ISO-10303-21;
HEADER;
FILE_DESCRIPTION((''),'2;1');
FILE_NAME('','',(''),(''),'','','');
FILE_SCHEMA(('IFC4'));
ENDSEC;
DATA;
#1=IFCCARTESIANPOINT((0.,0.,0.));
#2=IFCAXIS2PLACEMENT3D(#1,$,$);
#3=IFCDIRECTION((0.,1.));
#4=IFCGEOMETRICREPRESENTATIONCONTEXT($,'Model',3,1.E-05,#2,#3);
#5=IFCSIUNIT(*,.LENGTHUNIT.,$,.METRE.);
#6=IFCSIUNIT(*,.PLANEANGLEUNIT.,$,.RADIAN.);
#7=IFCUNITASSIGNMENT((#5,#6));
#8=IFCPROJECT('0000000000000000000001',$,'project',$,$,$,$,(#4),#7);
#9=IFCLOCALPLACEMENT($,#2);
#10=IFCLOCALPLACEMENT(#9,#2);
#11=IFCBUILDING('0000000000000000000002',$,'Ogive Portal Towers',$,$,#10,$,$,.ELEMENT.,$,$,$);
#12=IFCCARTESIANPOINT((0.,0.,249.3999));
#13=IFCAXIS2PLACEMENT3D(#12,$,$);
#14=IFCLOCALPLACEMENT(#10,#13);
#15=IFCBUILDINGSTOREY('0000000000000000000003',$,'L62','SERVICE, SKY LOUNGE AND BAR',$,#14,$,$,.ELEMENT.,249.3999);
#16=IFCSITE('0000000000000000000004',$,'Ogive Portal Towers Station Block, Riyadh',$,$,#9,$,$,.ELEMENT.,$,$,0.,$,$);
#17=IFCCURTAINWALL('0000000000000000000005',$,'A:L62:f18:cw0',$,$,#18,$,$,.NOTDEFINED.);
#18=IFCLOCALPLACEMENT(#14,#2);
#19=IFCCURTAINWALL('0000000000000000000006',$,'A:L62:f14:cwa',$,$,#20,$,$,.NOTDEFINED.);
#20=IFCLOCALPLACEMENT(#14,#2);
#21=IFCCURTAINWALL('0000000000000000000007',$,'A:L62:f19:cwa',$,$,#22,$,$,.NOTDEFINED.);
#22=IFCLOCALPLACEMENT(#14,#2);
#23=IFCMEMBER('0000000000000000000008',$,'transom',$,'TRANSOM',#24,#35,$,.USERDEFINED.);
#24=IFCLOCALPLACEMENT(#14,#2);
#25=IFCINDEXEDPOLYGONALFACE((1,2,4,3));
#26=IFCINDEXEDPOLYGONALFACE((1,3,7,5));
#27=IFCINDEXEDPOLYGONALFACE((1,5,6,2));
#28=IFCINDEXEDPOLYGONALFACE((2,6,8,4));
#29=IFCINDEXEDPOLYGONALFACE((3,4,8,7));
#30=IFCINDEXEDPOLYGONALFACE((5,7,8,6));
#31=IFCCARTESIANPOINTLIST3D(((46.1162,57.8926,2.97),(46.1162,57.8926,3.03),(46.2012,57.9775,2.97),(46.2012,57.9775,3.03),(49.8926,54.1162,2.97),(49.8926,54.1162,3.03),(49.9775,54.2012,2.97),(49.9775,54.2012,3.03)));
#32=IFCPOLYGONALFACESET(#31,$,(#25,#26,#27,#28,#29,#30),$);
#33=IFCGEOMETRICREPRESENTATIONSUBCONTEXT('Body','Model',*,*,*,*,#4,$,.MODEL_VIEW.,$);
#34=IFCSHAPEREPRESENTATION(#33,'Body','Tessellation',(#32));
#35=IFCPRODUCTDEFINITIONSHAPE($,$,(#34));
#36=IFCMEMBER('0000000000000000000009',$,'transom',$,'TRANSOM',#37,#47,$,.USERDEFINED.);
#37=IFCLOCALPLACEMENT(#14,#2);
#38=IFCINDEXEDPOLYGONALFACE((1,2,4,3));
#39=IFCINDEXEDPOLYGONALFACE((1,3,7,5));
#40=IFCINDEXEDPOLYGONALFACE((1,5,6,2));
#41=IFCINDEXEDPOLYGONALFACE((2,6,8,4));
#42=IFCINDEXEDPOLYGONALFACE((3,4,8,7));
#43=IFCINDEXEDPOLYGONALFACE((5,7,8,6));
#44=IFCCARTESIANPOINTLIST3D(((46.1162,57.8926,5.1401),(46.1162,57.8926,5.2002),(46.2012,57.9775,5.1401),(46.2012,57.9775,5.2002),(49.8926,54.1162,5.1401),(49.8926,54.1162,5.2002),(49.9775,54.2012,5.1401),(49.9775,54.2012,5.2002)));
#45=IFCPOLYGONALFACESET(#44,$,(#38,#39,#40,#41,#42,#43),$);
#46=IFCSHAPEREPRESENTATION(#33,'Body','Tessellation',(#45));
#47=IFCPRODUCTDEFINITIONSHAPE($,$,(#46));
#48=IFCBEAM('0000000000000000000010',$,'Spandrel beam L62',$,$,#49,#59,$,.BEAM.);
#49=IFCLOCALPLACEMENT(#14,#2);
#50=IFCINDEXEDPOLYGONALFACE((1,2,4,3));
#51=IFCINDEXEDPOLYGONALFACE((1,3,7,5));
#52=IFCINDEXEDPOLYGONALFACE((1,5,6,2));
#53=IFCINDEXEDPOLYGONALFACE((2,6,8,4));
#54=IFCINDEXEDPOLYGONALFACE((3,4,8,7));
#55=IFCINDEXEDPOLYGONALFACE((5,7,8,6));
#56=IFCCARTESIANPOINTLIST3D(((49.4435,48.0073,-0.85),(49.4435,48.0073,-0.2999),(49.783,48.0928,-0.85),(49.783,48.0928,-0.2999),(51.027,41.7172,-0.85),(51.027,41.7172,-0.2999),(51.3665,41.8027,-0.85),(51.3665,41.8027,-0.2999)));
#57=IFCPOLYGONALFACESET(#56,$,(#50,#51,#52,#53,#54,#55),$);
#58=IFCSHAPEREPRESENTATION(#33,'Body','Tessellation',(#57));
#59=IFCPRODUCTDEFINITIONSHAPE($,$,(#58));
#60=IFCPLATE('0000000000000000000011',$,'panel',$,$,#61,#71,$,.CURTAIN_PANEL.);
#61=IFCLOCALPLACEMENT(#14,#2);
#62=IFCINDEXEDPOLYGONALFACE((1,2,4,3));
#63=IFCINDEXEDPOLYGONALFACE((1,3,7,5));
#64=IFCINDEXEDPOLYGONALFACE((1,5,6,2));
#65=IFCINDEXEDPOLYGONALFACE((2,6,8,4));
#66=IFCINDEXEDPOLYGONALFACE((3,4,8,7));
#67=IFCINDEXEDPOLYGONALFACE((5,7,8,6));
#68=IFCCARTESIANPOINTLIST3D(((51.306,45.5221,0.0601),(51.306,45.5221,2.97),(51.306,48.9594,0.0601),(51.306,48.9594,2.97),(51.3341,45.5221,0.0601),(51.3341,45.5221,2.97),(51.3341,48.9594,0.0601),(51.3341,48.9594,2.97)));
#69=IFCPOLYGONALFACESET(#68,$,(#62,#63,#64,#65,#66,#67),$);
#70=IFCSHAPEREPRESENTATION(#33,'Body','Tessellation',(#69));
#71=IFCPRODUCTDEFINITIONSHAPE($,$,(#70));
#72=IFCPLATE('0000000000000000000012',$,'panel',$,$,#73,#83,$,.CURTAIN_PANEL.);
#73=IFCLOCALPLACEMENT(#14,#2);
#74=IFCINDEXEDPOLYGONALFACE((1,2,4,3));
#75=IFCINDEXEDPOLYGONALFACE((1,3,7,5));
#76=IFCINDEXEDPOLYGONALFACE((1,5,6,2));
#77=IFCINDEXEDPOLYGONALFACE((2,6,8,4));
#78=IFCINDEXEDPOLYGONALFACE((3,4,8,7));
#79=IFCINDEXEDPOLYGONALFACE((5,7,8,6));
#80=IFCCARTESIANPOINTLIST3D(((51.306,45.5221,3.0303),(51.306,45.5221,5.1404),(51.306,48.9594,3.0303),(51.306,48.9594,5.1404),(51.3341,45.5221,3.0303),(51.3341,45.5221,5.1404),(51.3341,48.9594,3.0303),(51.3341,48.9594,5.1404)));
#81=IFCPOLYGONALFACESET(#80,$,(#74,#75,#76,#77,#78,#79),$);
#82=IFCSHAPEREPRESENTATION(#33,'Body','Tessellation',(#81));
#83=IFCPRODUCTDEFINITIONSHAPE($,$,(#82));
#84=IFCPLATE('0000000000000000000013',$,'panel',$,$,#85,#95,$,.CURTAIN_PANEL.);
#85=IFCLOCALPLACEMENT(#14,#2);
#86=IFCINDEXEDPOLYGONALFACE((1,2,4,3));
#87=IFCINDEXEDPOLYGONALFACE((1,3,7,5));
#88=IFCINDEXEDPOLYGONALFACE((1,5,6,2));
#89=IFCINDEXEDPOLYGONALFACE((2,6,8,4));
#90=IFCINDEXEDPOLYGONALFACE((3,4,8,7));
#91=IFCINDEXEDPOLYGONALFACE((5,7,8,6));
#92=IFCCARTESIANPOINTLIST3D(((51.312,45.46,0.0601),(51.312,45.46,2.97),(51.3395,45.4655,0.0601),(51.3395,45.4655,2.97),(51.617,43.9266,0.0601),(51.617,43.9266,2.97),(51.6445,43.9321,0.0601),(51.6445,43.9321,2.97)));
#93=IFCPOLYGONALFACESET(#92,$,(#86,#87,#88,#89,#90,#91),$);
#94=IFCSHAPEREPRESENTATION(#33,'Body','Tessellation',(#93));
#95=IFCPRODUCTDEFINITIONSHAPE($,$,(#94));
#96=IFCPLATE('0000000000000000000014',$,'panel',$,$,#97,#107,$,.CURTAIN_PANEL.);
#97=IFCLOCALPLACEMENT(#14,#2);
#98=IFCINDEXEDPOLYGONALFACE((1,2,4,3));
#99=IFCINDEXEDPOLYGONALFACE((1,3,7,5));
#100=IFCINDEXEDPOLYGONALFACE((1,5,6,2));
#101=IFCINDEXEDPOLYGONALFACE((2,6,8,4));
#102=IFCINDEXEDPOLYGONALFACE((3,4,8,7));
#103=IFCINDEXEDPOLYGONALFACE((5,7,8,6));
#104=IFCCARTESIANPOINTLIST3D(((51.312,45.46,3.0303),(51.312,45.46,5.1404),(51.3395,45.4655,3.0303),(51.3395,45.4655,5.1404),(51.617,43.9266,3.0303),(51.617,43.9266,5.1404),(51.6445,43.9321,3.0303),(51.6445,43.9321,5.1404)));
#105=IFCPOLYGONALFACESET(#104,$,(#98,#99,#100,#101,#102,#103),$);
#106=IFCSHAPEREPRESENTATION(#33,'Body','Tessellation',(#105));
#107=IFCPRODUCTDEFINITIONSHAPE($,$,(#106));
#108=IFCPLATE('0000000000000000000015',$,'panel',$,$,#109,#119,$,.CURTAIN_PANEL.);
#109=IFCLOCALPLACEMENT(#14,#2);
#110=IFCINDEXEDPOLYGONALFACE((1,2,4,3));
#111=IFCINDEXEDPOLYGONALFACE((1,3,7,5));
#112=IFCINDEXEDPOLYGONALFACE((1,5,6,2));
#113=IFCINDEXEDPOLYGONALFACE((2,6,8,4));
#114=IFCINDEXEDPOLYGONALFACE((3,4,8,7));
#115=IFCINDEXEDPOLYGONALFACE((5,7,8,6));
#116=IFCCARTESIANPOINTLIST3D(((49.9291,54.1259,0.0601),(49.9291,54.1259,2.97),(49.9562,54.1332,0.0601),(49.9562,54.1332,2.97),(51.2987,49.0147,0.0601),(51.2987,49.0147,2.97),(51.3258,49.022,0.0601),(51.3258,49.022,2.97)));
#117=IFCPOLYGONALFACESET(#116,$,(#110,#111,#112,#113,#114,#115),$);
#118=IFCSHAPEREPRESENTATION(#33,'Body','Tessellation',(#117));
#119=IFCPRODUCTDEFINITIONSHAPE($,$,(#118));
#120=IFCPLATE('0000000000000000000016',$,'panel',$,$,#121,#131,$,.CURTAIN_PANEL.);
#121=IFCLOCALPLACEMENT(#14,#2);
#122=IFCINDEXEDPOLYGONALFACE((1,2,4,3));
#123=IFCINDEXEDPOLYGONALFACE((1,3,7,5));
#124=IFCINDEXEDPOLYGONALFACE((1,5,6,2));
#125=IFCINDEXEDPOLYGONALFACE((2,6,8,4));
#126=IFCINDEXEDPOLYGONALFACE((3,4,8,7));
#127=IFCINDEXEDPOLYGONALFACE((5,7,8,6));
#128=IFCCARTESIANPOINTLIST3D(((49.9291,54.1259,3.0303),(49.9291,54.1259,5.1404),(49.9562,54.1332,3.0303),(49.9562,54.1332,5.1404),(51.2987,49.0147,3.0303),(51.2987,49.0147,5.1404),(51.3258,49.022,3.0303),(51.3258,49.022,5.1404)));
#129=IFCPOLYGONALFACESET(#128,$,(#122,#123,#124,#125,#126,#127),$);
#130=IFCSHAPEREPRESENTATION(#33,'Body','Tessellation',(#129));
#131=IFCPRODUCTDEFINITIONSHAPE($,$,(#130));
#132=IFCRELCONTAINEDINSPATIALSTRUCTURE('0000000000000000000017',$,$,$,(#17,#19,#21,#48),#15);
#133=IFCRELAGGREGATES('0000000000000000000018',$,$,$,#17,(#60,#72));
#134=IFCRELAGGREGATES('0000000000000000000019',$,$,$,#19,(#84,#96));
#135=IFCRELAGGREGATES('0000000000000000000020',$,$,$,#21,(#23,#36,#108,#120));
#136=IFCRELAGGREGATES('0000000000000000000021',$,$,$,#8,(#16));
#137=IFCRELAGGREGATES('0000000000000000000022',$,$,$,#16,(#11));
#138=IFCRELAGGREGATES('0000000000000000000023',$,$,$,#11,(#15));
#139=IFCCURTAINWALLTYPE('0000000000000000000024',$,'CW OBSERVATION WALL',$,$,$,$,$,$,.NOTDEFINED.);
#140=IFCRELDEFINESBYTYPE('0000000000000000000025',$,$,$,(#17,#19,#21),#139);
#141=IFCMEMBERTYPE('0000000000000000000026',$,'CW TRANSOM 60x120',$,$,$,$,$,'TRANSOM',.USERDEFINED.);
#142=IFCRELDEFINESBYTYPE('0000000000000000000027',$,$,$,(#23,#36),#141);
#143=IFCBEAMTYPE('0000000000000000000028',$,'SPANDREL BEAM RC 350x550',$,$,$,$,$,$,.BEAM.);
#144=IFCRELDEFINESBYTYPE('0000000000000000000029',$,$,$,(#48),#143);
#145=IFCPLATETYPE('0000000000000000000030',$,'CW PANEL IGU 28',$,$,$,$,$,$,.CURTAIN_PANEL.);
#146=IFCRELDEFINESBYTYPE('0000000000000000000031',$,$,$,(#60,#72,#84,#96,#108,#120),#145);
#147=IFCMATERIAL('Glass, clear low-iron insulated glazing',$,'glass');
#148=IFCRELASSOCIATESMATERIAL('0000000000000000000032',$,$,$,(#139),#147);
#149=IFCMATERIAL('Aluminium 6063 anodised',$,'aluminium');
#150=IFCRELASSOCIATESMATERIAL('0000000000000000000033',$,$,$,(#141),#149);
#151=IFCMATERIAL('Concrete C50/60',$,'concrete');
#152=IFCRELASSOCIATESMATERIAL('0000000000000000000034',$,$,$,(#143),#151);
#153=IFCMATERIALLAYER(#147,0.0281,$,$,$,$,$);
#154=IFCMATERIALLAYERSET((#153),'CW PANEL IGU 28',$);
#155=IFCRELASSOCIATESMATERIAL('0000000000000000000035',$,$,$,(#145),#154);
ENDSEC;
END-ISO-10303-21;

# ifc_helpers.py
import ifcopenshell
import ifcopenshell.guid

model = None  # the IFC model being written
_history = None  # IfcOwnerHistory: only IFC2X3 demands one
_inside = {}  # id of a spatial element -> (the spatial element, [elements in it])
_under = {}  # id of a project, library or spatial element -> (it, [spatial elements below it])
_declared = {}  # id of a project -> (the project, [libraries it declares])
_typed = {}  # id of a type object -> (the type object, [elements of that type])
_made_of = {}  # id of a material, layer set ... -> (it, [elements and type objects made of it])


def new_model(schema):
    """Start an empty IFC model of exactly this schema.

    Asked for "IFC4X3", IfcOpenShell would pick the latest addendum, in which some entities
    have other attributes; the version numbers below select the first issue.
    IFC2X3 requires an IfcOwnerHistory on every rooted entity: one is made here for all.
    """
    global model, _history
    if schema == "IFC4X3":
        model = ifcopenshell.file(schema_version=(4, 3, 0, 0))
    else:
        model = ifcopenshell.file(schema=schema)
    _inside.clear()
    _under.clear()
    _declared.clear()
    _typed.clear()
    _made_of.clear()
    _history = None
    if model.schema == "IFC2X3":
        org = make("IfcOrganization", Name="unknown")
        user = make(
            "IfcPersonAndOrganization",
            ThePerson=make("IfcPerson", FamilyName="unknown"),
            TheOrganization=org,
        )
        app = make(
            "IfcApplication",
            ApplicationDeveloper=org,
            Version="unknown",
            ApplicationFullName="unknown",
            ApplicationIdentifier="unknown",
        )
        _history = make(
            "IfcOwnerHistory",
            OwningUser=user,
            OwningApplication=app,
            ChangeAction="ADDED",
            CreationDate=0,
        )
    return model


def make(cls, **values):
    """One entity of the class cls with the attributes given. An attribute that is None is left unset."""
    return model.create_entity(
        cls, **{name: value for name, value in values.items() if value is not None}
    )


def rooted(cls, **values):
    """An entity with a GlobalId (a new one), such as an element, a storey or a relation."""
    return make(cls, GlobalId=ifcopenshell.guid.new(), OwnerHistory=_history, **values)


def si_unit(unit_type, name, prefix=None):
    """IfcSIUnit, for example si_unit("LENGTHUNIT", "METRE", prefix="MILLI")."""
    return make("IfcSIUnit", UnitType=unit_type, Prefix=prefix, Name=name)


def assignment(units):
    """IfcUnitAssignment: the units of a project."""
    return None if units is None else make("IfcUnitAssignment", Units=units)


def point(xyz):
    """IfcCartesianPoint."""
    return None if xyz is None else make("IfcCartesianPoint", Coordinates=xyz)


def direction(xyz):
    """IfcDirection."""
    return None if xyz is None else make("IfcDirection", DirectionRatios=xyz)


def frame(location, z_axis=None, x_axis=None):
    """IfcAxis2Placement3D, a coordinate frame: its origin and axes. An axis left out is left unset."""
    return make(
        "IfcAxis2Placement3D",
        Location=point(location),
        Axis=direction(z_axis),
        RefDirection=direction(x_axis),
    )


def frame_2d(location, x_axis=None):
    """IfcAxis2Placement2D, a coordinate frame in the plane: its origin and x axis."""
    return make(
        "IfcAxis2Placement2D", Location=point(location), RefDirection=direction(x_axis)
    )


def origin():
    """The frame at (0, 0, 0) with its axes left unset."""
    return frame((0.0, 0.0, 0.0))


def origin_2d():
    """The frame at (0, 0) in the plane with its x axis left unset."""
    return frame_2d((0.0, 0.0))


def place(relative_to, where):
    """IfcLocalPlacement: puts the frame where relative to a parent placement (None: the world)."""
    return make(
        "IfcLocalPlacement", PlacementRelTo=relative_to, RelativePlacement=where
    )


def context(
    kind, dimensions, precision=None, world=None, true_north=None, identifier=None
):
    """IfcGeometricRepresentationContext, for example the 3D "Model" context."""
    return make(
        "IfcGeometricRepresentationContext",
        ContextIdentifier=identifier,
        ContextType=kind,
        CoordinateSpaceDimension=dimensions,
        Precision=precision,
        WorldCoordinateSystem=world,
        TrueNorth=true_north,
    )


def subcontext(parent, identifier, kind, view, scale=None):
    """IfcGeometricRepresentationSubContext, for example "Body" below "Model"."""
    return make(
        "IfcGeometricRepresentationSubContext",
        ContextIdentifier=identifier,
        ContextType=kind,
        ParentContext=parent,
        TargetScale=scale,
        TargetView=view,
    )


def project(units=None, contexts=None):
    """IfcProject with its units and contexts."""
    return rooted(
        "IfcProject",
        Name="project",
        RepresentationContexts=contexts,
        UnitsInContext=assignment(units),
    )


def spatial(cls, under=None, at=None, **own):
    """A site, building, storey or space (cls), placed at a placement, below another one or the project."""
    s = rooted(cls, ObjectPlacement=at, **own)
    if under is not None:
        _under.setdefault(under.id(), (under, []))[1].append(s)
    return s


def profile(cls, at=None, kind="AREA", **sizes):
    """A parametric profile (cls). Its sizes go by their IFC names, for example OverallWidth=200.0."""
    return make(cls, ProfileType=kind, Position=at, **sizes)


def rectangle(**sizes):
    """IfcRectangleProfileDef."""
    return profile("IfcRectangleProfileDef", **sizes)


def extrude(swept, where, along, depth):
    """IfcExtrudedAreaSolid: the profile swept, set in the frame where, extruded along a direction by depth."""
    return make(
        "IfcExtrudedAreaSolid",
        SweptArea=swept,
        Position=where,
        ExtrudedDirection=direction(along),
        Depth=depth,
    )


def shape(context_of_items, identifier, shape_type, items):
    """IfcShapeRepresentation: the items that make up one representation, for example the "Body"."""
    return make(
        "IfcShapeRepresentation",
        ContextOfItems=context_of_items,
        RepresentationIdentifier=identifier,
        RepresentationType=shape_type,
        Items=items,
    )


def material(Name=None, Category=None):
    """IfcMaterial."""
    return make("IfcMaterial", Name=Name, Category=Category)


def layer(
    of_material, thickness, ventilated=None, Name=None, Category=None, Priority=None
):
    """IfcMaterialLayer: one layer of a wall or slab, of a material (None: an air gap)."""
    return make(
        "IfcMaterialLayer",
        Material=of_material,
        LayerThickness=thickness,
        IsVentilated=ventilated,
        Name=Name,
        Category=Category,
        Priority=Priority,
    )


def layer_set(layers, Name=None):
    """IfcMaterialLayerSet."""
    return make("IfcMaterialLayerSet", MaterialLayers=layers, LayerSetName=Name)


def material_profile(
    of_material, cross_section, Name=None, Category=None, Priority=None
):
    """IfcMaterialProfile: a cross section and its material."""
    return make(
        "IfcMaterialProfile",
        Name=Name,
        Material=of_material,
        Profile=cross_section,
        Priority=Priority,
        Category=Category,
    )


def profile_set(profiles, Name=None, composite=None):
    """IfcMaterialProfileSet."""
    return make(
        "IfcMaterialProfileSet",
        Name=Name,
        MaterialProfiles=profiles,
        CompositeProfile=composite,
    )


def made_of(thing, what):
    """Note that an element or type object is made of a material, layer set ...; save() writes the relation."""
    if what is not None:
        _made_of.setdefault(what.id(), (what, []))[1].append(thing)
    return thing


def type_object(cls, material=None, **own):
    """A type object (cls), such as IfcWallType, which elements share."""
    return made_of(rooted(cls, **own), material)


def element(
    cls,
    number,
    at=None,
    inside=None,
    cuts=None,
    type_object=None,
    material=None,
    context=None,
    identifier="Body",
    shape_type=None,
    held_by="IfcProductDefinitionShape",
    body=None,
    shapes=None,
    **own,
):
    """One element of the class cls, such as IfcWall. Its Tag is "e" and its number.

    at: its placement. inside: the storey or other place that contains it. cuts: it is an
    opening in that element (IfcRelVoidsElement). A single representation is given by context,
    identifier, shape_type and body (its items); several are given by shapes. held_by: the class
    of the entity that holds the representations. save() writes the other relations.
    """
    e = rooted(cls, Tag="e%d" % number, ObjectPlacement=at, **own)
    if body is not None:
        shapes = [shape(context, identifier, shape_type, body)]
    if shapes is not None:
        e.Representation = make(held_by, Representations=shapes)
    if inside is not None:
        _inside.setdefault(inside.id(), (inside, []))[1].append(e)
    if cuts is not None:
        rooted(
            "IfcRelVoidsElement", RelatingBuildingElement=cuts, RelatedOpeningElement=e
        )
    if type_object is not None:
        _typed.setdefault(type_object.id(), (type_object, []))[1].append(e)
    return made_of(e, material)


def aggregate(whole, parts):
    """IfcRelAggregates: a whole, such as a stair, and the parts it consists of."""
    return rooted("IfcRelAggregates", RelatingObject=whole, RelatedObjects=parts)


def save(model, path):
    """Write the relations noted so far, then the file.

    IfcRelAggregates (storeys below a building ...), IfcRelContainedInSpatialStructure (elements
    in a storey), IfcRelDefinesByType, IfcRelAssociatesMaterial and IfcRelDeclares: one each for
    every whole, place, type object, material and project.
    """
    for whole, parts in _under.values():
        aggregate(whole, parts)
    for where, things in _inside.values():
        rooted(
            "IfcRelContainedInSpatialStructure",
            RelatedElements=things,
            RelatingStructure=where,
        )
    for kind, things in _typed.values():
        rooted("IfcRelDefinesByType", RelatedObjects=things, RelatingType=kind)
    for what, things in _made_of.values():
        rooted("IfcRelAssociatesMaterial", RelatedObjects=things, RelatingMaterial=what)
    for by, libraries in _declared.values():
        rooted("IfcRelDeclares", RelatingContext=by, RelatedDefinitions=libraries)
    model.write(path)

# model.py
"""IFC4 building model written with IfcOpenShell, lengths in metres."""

from ifc_helpers import new_model, si_unit, direction, frame, origin, origin_2d, place, context, subcontext, project, spatial, rectangle, extrude, material, layer, layer_set, material_profile, profile_set, type_object, element, aggregate, save


model = new_model("IFC4")

# Units and contexts
model_context = context("Model", 3, precision=1e-05, world=origin(), true_north=direction((0.0, 1.0)))
body_context = subcontext(model_context, "Body", "Model", "MODEL_VIEW")
ifc_project = project(units=[si_unit("LENGTHUNIT", "METRE"), si_unit("PLANEANGLEUNIT", "RADIAN")], contexts=[model_context])

# Site, building, storey
site_placement = place(None, origin())
site = spatial("IfcSite", under=ifc_project, at=site_placement, Name="Ogive Portal Towers Station Block, Riyadh", CompositionType="ELEMENT", RefElevation=0.0)
building_placement = place(site_placement, origin())
building = spatial("IfcBuilding", under=site, at=building_placement, Name="Ogive Portal Towers", CompositionType="ELEMENT")
storey_placement = place(building_placement, frame((0.0, 0.0, 249.3999)))
storey = spatial("IfcBuildingStorey", under=building, at=storey_placement, Name="L62", Description="SERVICE, SKY LOUNGE AND BAR", CompositionType="ELEMENT", Elevation=249.3999)

# Curtain wall
ifc_material_1 = material(Name="Glass, clear low-iron insulated glazing", Category="glass")
curtain_wall_type = type_object("IfcCurtainWallType", Name="CW OBSERVATION WALL", PredefinedType="NOTDEFINED", material=ifc_material_1)
curtain_wall_1_placement = place(storey_placement, origin())
curtain_wall_1 = element("IfcCurtainWall", 1, at=curtain_wall_1_placement, inside=storey, type_object=curtain_wall_type, Name="A:L62:f18:cw0", PredefinedType="NOTDEFINED")
ifc_material_2 = material(Name="Aluminium 6063 anodised", Category="aluminium")

# Curtain walls
curtain_wall_2_placement = place(storey_placement, origin())
curtain_wall_2 = element("IfcCurtainWall", 2, at=curtain_wall_2_placement, inside=storey, type_object=curtain_wall_type, Name="A:L62:f14:cwa", PredefinedType="NOTDEFINED")
curtain_wall_3_placement = place(storey_placement, origin())
curtain_wall_3 = element("IfcCurtainWall", 3, at=curtain_wall_3_placement, inside=storey, type_object=curtain_wall_type, Name="A:L62:f19:cwa", PredefinedType="NOTDEFINED")

# Members
ifc_material_profile_1 = material_profile(ifc_material_2, rectangle(XDim=0.1201, YDim=0.0601, at=origin_2d()), Name="AL 120x60")
ifc_profile_set_1 = profile_set([ifc_material_profile_1], Name="Aluminium 6063 anodised")
member_type_1 = type_object("IfcMemberType", Name="CW TRANSOM 60x120", ElementType="TRANSOM", PredefinedType="USERDEFINED", material=ifc_profile_set_1)
member_1_placement = place(storey_placement, frame((49.9351, 54.1587, 3.0), z_axis=(-0.707107, 0.707107, 0.0), x_axis=(-0.707107, -0.707107, 0.0)))
member_1 = element("IfcMember", 4, at=member_1_placement, type_object=member_type_1, Name="transom", ObjectType="TRANSOM", PredefinedType="USERDEFINED", context=body_context, shape_type="SweptSolid", body=[
    extrude(rectangle(XDim=0.1201, YDim=0.0601, at=origin_2d()), origin(), (0.0, 0.0, 1.0), 5.3406),
])
member_2_placement = place(storey_placement, frame((49.9351, 54.1587, 5.1702), z_axis=(-0.707107, 0.707107, 0.0), x_axis=(-0.707107, -0.707107, 0.0)))
member_2 = element("IfcMember", 5, at=member_2_placement, type_object=member_type_1, Name="transom", ObjectType="TRANSOM", PredefinedType="USERDEFINED", context=body_context, shape_type="SweptSolid", body=[
    extrude(rectangle(XDim=0.1201, YDim=0.0601, at=origin_2d()), origin(), (0.0, 0.0, 1.0), 5.3406),
])

# Beam
ifc_material_3 = material(Name="Concrete C50/60", Category="concrete")
ifc_material_profile_2 = material_profile(ifc_material_3, rectangle(XDim=0.3501, YDim=0.55, at=origin_2d()), Name="RC 350x550")
ifc_profile_set_2 = profile_set([ifc_material_profile_2], Name="Concrete C50/60")
beam_type = type_object("IfcBeamType", Name="SPANDREL BEAM RC 350x550", PredefinedType="BEAM", material=ifc_profile_set_2)
beam_placement = place(storey_placement, frame((49.6133, 48.05, -0.575), z_axis=(0.244129, -0.969743, 0.0), x_axis=(0.969743, 0.244129, 0.0)))
element("IfcBeam", 6, at=beam_placement, inside=storey, type_object=beam_type, Name="Spandrel beam L62", PredefinedType="BEAM", context=body_context, shape_type="SweptSolid", body=[
    extrude(rectangle(XDim=0.3501, YDim=0.55, at=origin_2d()), origin(), (0.0, 0.0, 1.0), 6.4863),
])

# Plates
ifc_layer = layer(ifc_material_1, 0.0281)
ifc_layer_set = layer_set([ifc_layer], Name="CW PANEL IGU 28")
plate_type = type_object("IfcPlateType", Name="CW PANEL IGU 28", PredefinedType="CURTAIN_PANEL", material=ifc_layer_set)
plate_1_placement = place(storey_placement, frame((51.3201, 47.2407, 0.0601), z_axis=(0.0, 0.0, 1.0), x_axis=(0.0, 1.0, 0.0)))
plate_1 = element("IfcPlate", 7, at=plate_1_placement, type_object=plate_type, Name="panel", PredefinedType="CURTAIN_PANEL", context=body_context, shape_type="SweptSolid", body=[
    extrude(rectangle(XDim=3.4373, YDim=0.0281, at=origin_2d()), origin(), (0.0, 0.0, 1.0), 2.9099),
])
plate_2_placement = place(storey_placement, frame((51.3201, 47.2407, 3.0303), z_axis=(0.0, 0.0, 1.0), x_axis=(0.0, 1.0, 0.0)))
plate_2 = element("IfcPlate", 8, at=plate_2_placement, type_object=plate_type, Name="panel", PredefinedType="CURTAIN_PANEL", context=body_context, shape_type="SweptSolid", body=[
    extrude(rectangle(XDim=3.4373, YDim=0.0281, at=origin_2d()), origin(), (0.0, 0.0, 1.0), 2.1101),
])
aggregate(curtain_wall_1, [plate_1, plate_2])
plate_3_placement = place(storey_placement, frame((51.4783, 44.696, 0.0601), z_axis=(0.0, 0.0, 1.0), x_axis=(-0.19509, 0.980785, 0.0)))
plate_3 = element("IfcPlate", 9, at=plate_3_placement, type_object=plate_type, Name="panel", PredefinedType="CURTAIN_PANEL", context=body_context, shape_type="SweptSolid", body=[
    extrude(rectangle(XDim=1.5635, YDim=0.0281, at=origin_2d()), origin(), (0.0, 0.0, 1.0), 2.9099),
])
plate_4_placement = place(storey_placement, frame((51.4783, 44.696, 3.0303), z_axis=(0.0, 0.0, 1.0), x_axis=(-0.19509, 0.980785, 0.0)))
plate_4 = element("IfcPlate", 10, at=plate_4_placement, type_object=plate_type, Name="panel", PredefinedType="CURTAIN_PANEL", context=body_context, shape_type="SweptSolid", body=[
    extrude(rectangle(XDim=1.5635, YDim=0.0281, at=origin_2d()), origin(), (0.0, 0.0, 1.0), 2.1101),
])
aggregate(curtain_wall_2, [plate_3, plate_4])
plate_5_placement = place(storey_placement, frame((50.6274, 51.574, 0.0601), z_axis=(0.0, 0.0, 1.0), x_axis=(-0.258819, 0.965926, 0.0)))
plate_5 = element("IfcPlate", 11, at=plate_5_placement, type_object=plate_type, Name="panel", PredefinedType="CURTAIN_PANEL", context=body_context, shape_type="SweptSolid", body=[
    extrude(rectangle(XDim=5.2915, YDim=0.0281, at=origin_2d()), origin(), (0.0, 0.0, 1.0), 2.9099),
])
plate_6_placement = place(storey_placement, frame((50.6274, 51.574, 3.0303), z_axis=(0.0, 0.0, 1.0), x_axis=(-0.258819, 0.965926, 0.0)))
plate_6 = element("IfcPlate", 12, at=plate_6_placement, type_object=plate_type, Name="panel", PredefinedType="CURTAIN_PANEL", context=body_context, shape_type="SweptSolid", body=[
    extrude(rectangle(XDim=5.2915, YDim=0.0281, at=origin_2d()), origin(), (0.0, 0.0, 1.0), 2.1101),
])
aggregate(curtain_wall_3, [member_1, member_2, plate_5, plate_6])

save(model, "model.ifc")
